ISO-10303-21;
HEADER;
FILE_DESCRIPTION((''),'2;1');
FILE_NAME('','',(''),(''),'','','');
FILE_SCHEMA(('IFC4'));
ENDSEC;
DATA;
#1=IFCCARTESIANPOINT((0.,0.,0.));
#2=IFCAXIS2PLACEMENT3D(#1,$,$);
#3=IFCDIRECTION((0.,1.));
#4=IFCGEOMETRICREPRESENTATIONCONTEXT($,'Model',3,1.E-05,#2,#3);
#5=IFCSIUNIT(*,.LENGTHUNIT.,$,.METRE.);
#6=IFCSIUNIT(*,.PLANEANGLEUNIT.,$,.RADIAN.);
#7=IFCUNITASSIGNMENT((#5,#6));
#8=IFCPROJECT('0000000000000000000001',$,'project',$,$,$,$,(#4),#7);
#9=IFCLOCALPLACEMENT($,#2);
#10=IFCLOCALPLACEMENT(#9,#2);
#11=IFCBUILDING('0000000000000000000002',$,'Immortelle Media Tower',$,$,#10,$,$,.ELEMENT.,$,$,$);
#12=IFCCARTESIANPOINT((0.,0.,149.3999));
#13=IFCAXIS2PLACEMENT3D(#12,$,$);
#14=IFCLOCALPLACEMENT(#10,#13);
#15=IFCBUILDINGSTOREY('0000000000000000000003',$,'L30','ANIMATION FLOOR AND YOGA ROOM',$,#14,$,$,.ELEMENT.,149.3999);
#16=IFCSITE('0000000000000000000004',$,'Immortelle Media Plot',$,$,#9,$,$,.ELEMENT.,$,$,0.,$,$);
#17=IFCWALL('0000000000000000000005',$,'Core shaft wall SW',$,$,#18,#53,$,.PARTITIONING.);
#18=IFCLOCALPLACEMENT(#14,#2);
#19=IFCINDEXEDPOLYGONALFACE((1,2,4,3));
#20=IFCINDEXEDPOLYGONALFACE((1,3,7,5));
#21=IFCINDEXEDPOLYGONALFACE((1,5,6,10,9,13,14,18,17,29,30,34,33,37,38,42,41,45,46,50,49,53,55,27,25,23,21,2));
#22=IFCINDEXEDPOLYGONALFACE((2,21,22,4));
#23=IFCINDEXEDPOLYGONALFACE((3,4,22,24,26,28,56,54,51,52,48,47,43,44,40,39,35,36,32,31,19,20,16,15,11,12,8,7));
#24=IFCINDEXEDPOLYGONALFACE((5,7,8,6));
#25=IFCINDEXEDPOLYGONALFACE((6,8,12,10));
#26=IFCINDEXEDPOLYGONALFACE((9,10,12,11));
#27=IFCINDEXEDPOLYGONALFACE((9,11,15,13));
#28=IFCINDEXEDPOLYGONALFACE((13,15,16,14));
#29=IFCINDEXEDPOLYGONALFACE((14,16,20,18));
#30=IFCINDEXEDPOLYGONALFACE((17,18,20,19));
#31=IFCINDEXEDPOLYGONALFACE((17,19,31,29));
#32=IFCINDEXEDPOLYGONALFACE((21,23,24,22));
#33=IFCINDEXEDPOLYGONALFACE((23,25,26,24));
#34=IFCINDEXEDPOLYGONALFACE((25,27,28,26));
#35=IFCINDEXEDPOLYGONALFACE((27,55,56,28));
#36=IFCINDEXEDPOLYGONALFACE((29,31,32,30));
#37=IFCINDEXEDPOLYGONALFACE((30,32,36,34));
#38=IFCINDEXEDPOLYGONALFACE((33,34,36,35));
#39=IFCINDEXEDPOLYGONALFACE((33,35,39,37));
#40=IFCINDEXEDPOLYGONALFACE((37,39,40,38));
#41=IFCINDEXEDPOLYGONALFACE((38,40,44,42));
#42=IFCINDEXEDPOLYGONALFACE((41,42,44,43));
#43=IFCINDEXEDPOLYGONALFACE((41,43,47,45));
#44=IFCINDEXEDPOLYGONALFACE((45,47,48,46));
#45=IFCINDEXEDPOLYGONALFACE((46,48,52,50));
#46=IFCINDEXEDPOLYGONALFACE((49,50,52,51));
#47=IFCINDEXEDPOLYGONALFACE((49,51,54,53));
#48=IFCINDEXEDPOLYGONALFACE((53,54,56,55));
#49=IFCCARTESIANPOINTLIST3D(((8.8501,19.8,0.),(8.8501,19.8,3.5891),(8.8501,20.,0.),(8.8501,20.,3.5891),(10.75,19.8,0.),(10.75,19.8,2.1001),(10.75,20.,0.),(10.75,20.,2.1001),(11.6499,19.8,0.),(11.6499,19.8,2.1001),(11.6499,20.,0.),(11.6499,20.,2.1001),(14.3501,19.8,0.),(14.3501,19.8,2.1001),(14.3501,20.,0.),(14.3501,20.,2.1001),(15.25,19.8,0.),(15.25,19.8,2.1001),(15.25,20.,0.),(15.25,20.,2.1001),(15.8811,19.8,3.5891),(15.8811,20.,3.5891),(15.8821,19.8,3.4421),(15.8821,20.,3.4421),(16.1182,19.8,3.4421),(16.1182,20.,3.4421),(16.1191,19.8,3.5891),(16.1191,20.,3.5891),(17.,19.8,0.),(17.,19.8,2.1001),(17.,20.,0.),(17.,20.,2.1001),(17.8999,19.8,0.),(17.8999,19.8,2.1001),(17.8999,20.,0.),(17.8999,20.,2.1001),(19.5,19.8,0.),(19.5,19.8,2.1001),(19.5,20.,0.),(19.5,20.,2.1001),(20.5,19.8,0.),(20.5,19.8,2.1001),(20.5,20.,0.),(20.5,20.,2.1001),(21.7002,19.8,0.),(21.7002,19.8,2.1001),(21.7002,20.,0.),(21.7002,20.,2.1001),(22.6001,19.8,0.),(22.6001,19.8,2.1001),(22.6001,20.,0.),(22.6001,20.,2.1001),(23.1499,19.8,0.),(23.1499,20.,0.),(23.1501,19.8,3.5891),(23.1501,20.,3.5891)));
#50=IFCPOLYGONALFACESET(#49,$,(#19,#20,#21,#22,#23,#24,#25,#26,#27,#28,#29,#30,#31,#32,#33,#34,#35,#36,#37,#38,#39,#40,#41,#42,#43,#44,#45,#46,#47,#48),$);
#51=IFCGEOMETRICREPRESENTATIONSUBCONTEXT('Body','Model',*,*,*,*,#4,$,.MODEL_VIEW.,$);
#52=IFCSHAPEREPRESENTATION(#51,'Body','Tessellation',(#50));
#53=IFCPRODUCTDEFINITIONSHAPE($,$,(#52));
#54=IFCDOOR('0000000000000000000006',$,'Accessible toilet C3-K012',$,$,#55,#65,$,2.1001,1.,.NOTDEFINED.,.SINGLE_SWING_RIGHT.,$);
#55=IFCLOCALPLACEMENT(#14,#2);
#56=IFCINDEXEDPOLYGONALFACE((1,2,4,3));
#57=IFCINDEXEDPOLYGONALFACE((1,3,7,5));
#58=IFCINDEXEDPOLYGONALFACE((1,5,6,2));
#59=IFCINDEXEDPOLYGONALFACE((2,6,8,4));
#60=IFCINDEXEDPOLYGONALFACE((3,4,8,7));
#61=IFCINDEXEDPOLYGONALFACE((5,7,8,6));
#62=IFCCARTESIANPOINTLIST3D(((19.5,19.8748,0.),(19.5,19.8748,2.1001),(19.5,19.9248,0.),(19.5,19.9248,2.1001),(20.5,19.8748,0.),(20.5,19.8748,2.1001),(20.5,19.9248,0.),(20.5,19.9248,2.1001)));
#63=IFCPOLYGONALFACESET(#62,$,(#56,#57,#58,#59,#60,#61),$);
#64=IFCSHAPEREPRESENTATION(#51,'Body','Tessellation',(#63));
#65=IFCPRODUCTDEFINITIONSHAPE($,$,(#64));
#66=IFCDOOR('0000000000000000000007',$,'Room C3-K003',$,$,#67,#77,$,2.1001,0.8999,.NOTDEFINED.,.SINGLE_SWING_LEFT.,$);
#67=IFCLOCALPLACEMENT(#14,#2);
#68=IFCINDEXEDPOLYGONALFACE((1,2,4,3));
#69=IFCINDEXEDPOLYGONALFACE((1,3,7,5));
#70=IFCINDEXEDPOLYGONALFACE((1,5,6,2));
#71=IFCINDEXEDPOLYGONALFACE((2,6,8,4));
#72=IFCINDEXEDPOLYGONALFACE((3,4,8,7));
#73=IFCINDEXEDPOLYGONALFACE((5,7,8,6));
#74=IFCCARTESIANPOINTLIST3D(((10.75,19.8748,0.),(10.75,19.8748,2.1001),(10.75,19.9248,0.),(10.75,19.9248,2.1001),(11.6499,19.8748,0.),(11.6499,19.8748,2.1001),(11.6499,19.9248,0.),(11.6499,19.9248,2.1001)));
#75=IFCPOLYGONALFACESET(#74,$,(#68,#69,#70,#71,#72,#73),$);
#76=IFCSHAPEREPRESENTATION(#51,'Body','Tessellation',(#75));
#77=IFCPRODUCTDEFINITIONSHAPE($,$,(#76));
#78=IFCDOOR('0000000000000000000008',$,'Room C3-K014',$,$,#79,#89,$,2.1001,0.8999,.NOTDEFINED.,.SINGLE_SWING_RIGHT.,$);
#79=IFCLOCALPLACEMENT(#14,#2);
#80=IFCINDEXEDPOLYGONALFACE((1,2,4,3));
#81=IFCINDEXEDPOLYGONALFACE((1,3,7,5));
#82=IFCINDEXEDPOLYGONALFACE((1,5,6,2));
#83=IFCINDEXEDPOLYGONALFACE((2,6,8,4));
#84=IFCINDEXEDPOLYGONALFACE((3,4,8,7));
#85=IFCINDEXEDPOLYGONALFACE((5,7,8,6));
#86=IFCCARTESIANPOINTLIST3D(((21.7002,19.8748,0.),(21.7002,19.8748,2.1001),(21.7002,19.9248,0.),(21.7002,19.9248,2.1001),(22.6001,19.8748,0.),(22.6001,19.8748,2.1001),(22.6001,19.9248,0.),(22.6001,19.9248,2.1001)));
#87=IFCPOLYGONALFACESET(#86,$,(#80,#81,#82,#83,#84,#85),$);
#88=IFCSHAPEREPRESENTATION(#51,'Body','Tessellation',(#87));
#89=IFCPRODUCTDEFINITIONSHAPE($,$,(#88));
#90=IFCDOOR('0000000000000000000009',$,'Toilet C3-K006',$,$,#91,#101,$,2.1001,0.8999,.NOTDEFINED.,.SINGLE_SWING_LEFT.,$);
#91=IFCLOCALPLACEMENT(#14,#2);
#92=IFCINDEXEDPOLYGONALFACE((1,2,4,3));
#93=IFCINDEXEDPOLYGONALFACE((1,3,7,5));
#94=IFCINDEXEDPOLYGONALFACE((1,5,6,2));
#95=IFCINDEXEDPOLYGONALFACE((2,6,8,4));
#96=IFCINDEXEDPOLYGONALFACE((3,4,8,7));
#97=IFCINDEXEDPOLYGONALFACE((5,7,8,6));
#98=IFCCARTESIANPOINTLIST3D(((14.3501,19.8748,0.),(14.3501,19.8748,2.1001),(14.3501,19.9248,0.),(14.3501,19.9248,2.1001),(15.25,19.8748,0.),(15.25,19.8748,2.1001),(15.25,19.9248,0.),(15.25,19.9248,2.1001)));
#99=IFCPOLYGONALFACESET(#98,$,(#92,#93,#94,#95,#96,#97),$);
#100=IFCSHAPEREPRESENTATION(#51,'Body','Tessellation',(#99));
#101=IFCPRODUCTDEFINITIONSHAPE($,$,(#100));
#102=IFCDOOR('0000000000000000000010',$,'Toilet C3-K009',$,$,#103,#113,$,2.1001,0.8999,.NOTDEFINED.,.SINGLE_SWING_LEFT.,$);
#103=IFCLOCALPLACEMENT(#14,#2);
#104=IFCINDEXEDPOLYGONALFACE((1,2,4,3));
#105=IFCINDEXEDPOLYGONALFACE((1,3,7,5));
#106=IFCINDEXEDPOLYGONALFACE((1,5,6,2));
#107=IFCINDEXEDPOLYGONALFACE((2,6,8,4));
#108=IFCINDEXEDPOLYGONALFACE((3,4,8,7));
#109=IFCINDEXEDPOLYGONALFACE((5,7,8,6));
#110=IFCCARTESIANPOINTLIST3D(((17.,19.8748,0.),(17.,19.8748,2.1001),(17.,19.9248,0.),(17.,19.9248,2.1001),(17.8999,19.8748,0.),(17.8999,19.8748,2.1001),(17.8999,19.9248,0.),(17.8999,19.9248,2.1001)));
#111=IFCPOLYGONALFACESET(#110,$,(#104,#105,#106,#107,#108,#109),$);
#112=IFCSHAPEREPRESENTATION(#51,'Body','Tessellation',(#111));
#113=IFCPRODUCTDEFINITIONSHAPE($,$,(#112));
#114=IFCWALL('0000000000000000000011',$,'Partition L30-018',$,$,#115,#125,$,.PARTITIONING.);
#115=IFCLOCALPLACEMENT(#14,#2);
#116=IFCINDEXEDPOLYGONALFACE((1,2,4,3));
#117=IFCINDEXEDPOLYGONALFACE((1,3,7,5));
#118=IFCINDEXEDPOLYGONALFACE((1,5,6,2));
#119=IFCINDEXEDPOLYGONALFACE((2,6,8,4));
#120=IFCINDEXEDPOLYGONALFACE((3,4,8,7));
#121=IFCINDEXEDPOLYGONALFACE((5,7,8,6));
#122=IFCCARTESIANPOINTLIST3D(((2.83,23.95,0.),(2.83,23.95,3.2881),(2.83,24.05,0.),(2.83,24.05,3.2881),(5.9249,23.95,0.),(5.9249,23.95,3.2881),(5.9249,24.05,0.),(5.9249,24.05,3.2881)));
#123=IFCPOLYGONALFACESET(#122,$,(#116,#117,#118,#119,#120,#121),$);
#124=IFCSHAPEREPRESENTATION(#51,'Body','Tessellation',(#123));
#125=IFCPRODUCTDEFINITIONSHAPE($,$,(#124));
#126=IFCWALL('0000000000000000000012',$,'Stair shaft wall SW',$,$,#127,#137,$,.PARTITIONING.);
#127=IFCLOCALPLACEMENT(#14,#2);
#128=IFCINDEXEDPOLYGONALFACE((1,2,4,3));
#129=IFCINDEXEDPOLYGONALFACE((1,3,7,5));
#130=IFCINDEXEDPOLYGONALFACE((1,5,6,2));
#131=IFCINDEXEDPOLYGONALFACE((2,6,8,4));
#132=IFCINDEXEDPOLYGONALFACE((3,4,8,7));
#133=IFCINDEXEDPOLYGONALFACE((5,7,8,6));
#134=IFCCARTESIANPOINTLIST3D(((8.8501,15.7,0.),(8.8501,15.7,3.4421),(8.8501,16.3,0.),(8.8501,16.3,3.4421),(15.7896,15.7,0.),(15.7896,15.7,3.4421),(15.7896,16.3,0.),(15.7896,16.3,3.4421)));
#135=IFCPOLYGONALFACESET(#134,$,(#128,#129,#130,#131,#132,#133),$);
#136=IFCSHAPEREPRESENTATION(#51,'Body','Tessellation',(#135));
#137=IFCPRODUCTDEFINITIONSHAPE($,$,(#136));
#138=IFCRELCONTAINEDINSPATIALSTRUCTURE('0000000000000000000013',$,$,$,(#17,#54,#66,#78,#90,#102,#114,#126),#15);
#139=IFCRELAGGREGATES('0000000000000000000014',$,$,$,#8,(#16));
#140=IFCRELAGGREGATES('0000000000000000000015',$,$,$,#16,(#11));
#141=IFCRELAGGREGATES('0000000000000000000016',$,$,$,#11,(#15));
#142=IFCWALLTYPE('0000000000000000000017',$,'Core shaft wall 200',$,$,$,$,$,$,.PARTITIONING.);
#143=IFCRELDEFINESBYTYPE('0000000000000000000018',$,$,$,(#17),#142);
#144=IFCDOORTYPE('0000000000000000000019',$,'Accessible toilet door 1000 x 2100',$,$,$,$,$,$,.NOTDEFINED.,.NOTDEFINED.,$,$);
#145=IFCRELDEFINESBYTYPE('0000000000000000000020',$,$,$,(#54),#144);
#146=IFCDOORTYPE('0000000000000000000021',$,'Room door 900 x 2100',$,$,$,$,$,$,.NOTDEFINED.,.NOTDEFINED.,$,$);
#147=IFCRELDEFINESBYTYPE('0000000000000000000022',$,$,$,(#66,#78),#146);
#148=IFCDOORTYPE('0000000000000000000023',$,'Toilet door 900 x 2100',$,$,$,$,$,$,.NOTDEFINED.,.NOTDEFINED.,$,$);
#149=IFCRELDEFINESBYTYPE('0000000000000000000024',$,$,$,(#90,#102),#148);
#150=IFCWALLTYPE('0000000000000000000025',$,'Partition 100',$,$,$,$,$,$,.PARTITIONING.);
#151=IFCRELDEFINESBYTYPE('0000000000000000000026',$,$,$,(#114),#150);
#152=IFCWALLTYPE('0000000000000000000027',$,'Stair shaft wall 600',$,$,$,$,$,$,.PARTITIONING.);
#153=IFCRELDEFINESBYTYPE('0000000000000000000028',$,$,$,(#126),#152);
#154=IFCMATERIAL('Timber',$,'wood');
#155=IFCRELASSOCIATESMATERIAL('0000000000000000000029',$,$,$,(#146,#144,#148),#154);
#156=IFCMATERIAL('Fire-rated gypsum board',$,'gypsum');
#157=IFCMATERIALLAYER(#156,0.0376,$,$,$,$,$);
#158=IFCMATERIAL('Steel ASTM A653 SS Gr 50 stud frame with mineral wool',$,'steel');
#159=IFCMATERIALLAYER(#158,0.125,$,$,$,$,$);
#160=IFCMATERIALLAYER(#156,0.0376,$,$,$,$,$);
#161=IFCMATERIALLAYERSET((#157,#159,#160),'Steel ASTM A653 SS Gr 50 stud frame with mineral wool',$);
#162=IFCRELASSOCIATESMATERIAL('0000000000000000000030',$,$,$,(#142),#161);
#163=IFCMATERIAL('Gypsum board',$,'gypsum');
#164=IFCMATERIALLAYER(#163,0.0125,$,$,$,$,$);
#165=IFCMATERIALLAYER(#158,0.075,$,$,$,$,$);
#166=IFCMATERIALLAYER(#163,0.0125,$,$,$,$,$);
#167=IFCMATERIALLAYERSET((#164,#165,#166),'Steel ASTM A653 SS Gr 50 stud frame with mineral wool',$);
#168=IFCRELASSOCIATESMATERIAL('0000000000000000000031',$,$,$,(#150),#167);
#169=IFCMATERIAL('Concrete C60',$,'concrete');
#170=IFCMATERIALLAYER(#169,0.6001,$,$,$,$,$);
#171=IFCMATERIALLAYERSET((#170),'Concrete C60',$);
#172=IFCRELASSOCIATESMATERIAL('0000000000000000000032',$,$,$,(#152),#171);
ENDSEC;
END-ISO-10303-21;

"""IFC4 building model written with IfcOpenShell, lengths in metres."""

from ifc_helpers import new_model, si_unit, direction, frame, frame_2d, origin, place, context, subcontext, project, spatial, polyline, rectangle, outline, extrude, material, layer, layer_set, type_object, element, fill, save


model = new_model("IFC4")

# Units and contexts
model_context = context("Model", 3, precision=1e-05, world=origin(), true_north=direction((0.0, 1.0)))
body_context = subcontext(model_context, "Body", "Model", "MODEL_VIEW")
ifc_project = project(units=[si_unit("LENGTHUNIT", "METRE"), si_unit("PLANEANGLEUNIT", "RADIAN")], contexts=[model_context])

# Site, building, storey
site_placement = place(None, origin())
site = spatial("IfcSite", under=ifc_project, at=site_placement, Name="Immortelle Media Plot", CompositionType="ELEMENT", RefElevation=0.0)
building_placement = place(site_placement, origin())
building = spatial("IfcBuilding", under=site, at=building_placement, Name="Immortelle Media Tower", CompositionType="ELEMENT")
storey_placement = place(building_placement, frame((0.0, 0.0, 149.3999)))
storey = spatial("IfcBuildingStorey", under=building, at=storey_placement, Name="L30", Description="ANIMATION FLOOR AND YOGA ROOM", CompositionType="ELEMENT", Elevation=149.3999)

# Shared definitions
ifc_material_1 = material(Name="Fire-rated gypsum board", Category="gypsum")
ifc_material_2 = material(Name="Steel ASTM A653 SS Gr 50 stud frame with mineral wool", Category="steel")

# Shared definitions
ifc_material_3 = material(Name="Timber", Category="wood")
door_type_1 = type_object("IfcDoorType", Name="Room door 900 x 2100", OperationType="NOTDEFINED", PredefinedType="NOTDEFINED", material=ifc_material_3)

# Shared definitions
ifc_layer_1 = layer(ifc_material_1, 0.0376)
ifc_layer_2 = layer(ifc_material_2, 0.125)
ifc_layer_3 = layer(ifc_material_1, 0.0376)
ifc_layer_set_1 = layer_set([ifc_layer_1, ifc_layer_2, ifc_layer_3], Name="Steel ASTM A653 SS Gr 50 stud frame with mineral wool")
wall_type_1 = type_object("IfcWallType", Name="Core shaft wall 200", PredefinedType="PARTITIONING", material=ifc_layer_set_1)

# Wall, openings, doors
wall_1_placement = place(storey_placement, frame((8.8501, 19.8999, 0.0), z_axis=(0.0, 0.0, 1.0), x_axis=(1.0, 0.0, 0.0)))
wall_1 = element("IfcWall", 1, at=wall_1_placement, inside=storey, type_object=wall_type_1, Name="Core shaft wall SW", PredefinedType="PARTITIONING", context=body_context, shape_type="SweptSolid", body=[
    extrude(outline(polyline([(0.0, 0.0), (14.2998, 0.0), (14.3, 3.5891), (7.269, 3.5891), (7.2681, 3.4421), (7.032, 3.4421), (7.031, 3.5891), (0.0, 3.5891), (0.0, 0.0)])), frame((0.0, 0.1001, 0.0), z_axis=(0.0, -1.0, 0.0), x_axis=(1.0, 0.0, 0.0)), (0.0, 0.0, 1.0), 0.2),
])
opening_1_placement = place(wall_1_placement, frame((1.8999, 0.0, 0.0)))
opening_1 = element("IfcOpeningElement", 2, at=opening_1_placement, cuts=wall_1, PredefinedType="OPENING", context=body_context, shape_type="SweptSolid", body=[
    extrude(rectangle(XDim=0.8999, YDim=2.1001, at=frame_2d((0.45, 1.05))), frame((0.0, 0.1099, 0.0), z_axis=(0.0, -1.0, 0.0), x_axis=(1.0, 0.0, 0.0)), (0.0, 0.0, 1.0), 0.22),
])
opening_2_placement = place(wall_1_placement, frame((5.5, 0.0, 0.0)))
opening_2 = element("IfcOpeningElement", 3, at=opening_2_placement, cuts=wall_1, PredefinedType="OPENING", context=body_context, shape_type="SweptSolid", body=[
    extrude(rectangle(XDim=0.8999, YDim=2.1001, at=frame_2d((0.45, 1.05))), frame((0.0, 0.1099, 0.0), z_axis=(0.0, -1.0, 0.0), x_axis=(1.0, 0.0, 0.0)), (0.0, 0.0, 1.0), 0.22),
])
opening_3_placement = place(wall_1_placement, frame((8.1499, 0.0, 0.0)))
opening_3 = element("IfcOpeningElement", 4, at=opening_3_placement, cuts=wall_1, PredefinedType="OPENING", context=body_context, shape_type="SweptSolid", body=[
    extrude(rectangle(XDim=0.8999, YDim=2.1001, at=frame_2d((0.45, 1.05))), frame((0.0, 0.1099, 0.0), z_axis=(0.0, -1.0, 0.0), x_axis=(1.0, 0.0, 0.0)), (0.0, 0.0, 1.0), 0.22),
])
opening_4_placement = place(wall_1_placement, frame((10.6499, 0.0, 0.0)))
opening_4 = element("IfcOpeningElement", 5, at=opening_4_placement, cuts=wall_1, PredefinedType="OPENING", context=body_context, shape_type="SweptSolid", body=[
    extrude(rectangle(XDim=1.0, YDim=2.1001, at=frame_2d((0.5, 1.05))), frame((0.0, 0.1099, 0.0), z_axis=(0.0, -1.0, 0.0), x_axis=(1.0, 0.0, 0.0)), (0.0, 0.0, 1.0), 0.22),
])
opening_5_placement = place(wall_1_placement, frame((12.8501, 0.0, 0.0)))
opening_5 = element("IfcOpeningElement", 6, at=opening_5_placement, cuts=wall_1, PredefinedType="OPENING", context=body_context, shape_type="SweptSolid", body=[
    extrude(rectangle(XDim=0.8999, YDim=2.1001, at=frame_2d((0.45, 1.05))), frame((0.0, 0.1099, 0.0), z_axis=(0.0, -1.0, 0.0), x_axis=(1.0, 0.0, 0.0)), (0.0, 0.0, 1.0), 0.22),
])
door_type_2 = type_object("IfcDoorType", Name="Accessible toilet door 1000 x 2100", OperationType="NOTDEFINED", PredefinedType="NOTDEFINED", material=ifc_material_3)
door_1_placement = place(opening_4_placement, origin())
door_1 = element("IfcDoor", 7, at=door_1_placement, inside=storey, type_object=door_type_2, Name="Accessible toilet C3-K012", OperationType="SINGLE_SWING_RIGHT", OverallHeight=2.1001, OverallWidth=1.0, PredefinedType="NOTDEFINED", context=body_context, shape_type="SweptSolid", body=[
    extrude(rectangle(XDim=1.0, YDim=2.1001, at=frame_2d((0.5, 1.05))), frame((0.0, 0.0249, 0.0), z_axis=(0.0, -1.0, 0.0), x_axis=(1.0, 0.0, 0.0)), (0.0, 0.0, 1.0), 0.05),
])
fill(opening_4, door_1)
door_2_placement = place(opening_1_placement, origin())
door_2 = element("IfcDoor", 8, at=door_2_placement, inside=storey, type_object=door_type_1, Name="Room C3-K003", OperationType="SINGLE_SWING_LEFT", OverallHeight=2.1001, OverallWidth=0.8999, PredefinedType="NOTDEFINED", context=body_context, shape_type="SweptSolid", body=[
    extrude(rectangle(XDim=0.8999, YDim=2.1001, at=frame_2d((0.45, 1.05))), frame((0.0, 0.0249, 0.0), z_axis=(0.0, -1.0, 0.0), x_axis=(1.0, 0.0, 0.0)), (0.0, 0.0, 1.0), 0.05),
])
fill(opening_1, door_2)
door_3_placement = place(opening_5_placement, origin())
door_3 = element("IfcDoor", 9, at=door_3_placement, inside=storey, type_object=door_type_1, Name="Room C3-K014", OperationType="SINGLE_SWING_RIGHT", OverallHeight=2.1001, OverallWidth=0.8999, PredefinedType="NOTDEFINED", context=body_context, shape_type="SweptSolid", body=[
    extrude(rectangle(XDim=0.8999, YDim=2.1001, at=frame_2d((0.45, 1.05))), frame((0.0, 0.0249, 0.0), z_axis=(0.0, -1.0, 0.0), x_axis=(1.0, 0.0, 0.0)), (0.0, 0.0, 1.0), 0.05),
])
fill(opening_5, door_3)
door_type_3 = type_object("IfcDoorType", Name="Toilet door 900 x 2100", OperationType="NOTDEFINED", PredefinedType="NOTDEFINED", material=ifc_material_3)
door_4_placement = place(opening_2_placement, origin())
door_4 = element("IfcDoor", 10, at=door_4_placement, inside=storey, type_object=door_type_3, Name="Toilet C3-K006", OperationType="SINGLE_SWING_LEFT", OverallHeight=2.1001, OverallWidth=0.8999, PredefinedType="NOTDEFINED", context=body_context, shape_type="SweptSolid", body=[
    extrude(rectangle(XDim=0.8999, YDim=2.1001, at=frame_2d((0.45, 1.05))), frame((0.0, 0.0249, 0.0), z_axis=(0.0, -1.0, 0.0), x_axis=(1.0, 0.0, 0.0)), (0.0, 0.0, 1.0), 0.05),
])
fill(opening_2, door_4)
door_5_placement = place(opening_3_placement, origin())
door_5 = element("IfcDoor", 11, at=door_5_placement, inside=storey, type_object=door_type_3, Name="Toilet C3-K009", OperationType="SINGLE_SWING_LEFT", OverallHeight=2.1001, OverallWidth=0.8999, PredefinedType="NOTDEFINED", context=body_context, shape_type="SweptSolid", body=[
    extrude(rectangle(XDim=0.8999, YDim=2.1001, at=frame_2d((0.45, 1.05))), frame((0.0, 0.0249, 0.0), z_axis=(0.0, -1.0, 0.0), x_axis=(1.0, 0.0, 0.0)), (0.0, 0.0, 1.0), 0.05),
])
fill(opening_3, door_5)

# Walls
ifc_material_4 = material(Name="Gypsum board", Category="gypsum")
ifc_layer_4 = layer(ifc_material_4, 0.0125)
ifc_layer_5 = layer(ifc_material_2, 0.075)
ifc_layer_6 = layer(ifc_material_4, 0.0125)
ifc_layer_set_2 = layer_set([ifc_layer_4, ifc_layer_5, ifc_layer_6], Name="Steel ASTM A653 SS Gr 50 stud frame with mineral wool")
wall_type_2 = type_object("IfcWallType", Name="Partition 100", PredefinedType="PARTITIONING", material=ifc_layer_set_2)
wall_2_placement = place(storey_placement, frame((2.8301, 24.0, 0.0), z_axis=(0.0, 0.0, 1.0), x_axis=(1.0, 0.0, 0.0)))
element("IfcWall", 12, at=wall_2_placement, inside=storey, type_object=wall_type_2, Name="Partition L30-018", PredefinedType="PARTITIONING", context=body_context, shape_type="SweptSolid", body=[
    extrude(rectangle(XDim=3.095, YDim=0.1001, at=frame_2d((1.5474, 0.0))), origin(), (0.0, 0.0, 1.0), 3.2881),
])
ifc_material_5 = material(Name="Concrete C60", Category="concrete")
ifc_layer_7 = layer(ifc_material_5, 0.6001)
ifc_layer_set_3 = layer_set([ifc_layer_7], Name="Concrete C60")
wall_type_3 = type_object("IfcWallType", Name="Stair shaft wall 600", PredefinedType="PARTITIONING", material=ifc_layer_set_3)
wall_3_placement = place(storey_placement, frame((8.8501, 16.0, 0.0), z_axis=(0.0, 0.0, 1.0), x_axis=(1.0, 0.0, 0.0)))
element("IfcWall", 13, at=wall_3_placement, inside=storey, type_object=wall_type_3, Name="Stair shaft wall SW", PredefinedType="PARTITIONING", context=body_context, shape_type="SweptSolid", body=[
    extrude(rectangle(XDim=6.9395, YDim=0.6001, at=frame_2d((3.4697, 0.0))), origin(), (0.0, 0.0, 1.0), 3.4421),
])

save(model, "model.ifc")
